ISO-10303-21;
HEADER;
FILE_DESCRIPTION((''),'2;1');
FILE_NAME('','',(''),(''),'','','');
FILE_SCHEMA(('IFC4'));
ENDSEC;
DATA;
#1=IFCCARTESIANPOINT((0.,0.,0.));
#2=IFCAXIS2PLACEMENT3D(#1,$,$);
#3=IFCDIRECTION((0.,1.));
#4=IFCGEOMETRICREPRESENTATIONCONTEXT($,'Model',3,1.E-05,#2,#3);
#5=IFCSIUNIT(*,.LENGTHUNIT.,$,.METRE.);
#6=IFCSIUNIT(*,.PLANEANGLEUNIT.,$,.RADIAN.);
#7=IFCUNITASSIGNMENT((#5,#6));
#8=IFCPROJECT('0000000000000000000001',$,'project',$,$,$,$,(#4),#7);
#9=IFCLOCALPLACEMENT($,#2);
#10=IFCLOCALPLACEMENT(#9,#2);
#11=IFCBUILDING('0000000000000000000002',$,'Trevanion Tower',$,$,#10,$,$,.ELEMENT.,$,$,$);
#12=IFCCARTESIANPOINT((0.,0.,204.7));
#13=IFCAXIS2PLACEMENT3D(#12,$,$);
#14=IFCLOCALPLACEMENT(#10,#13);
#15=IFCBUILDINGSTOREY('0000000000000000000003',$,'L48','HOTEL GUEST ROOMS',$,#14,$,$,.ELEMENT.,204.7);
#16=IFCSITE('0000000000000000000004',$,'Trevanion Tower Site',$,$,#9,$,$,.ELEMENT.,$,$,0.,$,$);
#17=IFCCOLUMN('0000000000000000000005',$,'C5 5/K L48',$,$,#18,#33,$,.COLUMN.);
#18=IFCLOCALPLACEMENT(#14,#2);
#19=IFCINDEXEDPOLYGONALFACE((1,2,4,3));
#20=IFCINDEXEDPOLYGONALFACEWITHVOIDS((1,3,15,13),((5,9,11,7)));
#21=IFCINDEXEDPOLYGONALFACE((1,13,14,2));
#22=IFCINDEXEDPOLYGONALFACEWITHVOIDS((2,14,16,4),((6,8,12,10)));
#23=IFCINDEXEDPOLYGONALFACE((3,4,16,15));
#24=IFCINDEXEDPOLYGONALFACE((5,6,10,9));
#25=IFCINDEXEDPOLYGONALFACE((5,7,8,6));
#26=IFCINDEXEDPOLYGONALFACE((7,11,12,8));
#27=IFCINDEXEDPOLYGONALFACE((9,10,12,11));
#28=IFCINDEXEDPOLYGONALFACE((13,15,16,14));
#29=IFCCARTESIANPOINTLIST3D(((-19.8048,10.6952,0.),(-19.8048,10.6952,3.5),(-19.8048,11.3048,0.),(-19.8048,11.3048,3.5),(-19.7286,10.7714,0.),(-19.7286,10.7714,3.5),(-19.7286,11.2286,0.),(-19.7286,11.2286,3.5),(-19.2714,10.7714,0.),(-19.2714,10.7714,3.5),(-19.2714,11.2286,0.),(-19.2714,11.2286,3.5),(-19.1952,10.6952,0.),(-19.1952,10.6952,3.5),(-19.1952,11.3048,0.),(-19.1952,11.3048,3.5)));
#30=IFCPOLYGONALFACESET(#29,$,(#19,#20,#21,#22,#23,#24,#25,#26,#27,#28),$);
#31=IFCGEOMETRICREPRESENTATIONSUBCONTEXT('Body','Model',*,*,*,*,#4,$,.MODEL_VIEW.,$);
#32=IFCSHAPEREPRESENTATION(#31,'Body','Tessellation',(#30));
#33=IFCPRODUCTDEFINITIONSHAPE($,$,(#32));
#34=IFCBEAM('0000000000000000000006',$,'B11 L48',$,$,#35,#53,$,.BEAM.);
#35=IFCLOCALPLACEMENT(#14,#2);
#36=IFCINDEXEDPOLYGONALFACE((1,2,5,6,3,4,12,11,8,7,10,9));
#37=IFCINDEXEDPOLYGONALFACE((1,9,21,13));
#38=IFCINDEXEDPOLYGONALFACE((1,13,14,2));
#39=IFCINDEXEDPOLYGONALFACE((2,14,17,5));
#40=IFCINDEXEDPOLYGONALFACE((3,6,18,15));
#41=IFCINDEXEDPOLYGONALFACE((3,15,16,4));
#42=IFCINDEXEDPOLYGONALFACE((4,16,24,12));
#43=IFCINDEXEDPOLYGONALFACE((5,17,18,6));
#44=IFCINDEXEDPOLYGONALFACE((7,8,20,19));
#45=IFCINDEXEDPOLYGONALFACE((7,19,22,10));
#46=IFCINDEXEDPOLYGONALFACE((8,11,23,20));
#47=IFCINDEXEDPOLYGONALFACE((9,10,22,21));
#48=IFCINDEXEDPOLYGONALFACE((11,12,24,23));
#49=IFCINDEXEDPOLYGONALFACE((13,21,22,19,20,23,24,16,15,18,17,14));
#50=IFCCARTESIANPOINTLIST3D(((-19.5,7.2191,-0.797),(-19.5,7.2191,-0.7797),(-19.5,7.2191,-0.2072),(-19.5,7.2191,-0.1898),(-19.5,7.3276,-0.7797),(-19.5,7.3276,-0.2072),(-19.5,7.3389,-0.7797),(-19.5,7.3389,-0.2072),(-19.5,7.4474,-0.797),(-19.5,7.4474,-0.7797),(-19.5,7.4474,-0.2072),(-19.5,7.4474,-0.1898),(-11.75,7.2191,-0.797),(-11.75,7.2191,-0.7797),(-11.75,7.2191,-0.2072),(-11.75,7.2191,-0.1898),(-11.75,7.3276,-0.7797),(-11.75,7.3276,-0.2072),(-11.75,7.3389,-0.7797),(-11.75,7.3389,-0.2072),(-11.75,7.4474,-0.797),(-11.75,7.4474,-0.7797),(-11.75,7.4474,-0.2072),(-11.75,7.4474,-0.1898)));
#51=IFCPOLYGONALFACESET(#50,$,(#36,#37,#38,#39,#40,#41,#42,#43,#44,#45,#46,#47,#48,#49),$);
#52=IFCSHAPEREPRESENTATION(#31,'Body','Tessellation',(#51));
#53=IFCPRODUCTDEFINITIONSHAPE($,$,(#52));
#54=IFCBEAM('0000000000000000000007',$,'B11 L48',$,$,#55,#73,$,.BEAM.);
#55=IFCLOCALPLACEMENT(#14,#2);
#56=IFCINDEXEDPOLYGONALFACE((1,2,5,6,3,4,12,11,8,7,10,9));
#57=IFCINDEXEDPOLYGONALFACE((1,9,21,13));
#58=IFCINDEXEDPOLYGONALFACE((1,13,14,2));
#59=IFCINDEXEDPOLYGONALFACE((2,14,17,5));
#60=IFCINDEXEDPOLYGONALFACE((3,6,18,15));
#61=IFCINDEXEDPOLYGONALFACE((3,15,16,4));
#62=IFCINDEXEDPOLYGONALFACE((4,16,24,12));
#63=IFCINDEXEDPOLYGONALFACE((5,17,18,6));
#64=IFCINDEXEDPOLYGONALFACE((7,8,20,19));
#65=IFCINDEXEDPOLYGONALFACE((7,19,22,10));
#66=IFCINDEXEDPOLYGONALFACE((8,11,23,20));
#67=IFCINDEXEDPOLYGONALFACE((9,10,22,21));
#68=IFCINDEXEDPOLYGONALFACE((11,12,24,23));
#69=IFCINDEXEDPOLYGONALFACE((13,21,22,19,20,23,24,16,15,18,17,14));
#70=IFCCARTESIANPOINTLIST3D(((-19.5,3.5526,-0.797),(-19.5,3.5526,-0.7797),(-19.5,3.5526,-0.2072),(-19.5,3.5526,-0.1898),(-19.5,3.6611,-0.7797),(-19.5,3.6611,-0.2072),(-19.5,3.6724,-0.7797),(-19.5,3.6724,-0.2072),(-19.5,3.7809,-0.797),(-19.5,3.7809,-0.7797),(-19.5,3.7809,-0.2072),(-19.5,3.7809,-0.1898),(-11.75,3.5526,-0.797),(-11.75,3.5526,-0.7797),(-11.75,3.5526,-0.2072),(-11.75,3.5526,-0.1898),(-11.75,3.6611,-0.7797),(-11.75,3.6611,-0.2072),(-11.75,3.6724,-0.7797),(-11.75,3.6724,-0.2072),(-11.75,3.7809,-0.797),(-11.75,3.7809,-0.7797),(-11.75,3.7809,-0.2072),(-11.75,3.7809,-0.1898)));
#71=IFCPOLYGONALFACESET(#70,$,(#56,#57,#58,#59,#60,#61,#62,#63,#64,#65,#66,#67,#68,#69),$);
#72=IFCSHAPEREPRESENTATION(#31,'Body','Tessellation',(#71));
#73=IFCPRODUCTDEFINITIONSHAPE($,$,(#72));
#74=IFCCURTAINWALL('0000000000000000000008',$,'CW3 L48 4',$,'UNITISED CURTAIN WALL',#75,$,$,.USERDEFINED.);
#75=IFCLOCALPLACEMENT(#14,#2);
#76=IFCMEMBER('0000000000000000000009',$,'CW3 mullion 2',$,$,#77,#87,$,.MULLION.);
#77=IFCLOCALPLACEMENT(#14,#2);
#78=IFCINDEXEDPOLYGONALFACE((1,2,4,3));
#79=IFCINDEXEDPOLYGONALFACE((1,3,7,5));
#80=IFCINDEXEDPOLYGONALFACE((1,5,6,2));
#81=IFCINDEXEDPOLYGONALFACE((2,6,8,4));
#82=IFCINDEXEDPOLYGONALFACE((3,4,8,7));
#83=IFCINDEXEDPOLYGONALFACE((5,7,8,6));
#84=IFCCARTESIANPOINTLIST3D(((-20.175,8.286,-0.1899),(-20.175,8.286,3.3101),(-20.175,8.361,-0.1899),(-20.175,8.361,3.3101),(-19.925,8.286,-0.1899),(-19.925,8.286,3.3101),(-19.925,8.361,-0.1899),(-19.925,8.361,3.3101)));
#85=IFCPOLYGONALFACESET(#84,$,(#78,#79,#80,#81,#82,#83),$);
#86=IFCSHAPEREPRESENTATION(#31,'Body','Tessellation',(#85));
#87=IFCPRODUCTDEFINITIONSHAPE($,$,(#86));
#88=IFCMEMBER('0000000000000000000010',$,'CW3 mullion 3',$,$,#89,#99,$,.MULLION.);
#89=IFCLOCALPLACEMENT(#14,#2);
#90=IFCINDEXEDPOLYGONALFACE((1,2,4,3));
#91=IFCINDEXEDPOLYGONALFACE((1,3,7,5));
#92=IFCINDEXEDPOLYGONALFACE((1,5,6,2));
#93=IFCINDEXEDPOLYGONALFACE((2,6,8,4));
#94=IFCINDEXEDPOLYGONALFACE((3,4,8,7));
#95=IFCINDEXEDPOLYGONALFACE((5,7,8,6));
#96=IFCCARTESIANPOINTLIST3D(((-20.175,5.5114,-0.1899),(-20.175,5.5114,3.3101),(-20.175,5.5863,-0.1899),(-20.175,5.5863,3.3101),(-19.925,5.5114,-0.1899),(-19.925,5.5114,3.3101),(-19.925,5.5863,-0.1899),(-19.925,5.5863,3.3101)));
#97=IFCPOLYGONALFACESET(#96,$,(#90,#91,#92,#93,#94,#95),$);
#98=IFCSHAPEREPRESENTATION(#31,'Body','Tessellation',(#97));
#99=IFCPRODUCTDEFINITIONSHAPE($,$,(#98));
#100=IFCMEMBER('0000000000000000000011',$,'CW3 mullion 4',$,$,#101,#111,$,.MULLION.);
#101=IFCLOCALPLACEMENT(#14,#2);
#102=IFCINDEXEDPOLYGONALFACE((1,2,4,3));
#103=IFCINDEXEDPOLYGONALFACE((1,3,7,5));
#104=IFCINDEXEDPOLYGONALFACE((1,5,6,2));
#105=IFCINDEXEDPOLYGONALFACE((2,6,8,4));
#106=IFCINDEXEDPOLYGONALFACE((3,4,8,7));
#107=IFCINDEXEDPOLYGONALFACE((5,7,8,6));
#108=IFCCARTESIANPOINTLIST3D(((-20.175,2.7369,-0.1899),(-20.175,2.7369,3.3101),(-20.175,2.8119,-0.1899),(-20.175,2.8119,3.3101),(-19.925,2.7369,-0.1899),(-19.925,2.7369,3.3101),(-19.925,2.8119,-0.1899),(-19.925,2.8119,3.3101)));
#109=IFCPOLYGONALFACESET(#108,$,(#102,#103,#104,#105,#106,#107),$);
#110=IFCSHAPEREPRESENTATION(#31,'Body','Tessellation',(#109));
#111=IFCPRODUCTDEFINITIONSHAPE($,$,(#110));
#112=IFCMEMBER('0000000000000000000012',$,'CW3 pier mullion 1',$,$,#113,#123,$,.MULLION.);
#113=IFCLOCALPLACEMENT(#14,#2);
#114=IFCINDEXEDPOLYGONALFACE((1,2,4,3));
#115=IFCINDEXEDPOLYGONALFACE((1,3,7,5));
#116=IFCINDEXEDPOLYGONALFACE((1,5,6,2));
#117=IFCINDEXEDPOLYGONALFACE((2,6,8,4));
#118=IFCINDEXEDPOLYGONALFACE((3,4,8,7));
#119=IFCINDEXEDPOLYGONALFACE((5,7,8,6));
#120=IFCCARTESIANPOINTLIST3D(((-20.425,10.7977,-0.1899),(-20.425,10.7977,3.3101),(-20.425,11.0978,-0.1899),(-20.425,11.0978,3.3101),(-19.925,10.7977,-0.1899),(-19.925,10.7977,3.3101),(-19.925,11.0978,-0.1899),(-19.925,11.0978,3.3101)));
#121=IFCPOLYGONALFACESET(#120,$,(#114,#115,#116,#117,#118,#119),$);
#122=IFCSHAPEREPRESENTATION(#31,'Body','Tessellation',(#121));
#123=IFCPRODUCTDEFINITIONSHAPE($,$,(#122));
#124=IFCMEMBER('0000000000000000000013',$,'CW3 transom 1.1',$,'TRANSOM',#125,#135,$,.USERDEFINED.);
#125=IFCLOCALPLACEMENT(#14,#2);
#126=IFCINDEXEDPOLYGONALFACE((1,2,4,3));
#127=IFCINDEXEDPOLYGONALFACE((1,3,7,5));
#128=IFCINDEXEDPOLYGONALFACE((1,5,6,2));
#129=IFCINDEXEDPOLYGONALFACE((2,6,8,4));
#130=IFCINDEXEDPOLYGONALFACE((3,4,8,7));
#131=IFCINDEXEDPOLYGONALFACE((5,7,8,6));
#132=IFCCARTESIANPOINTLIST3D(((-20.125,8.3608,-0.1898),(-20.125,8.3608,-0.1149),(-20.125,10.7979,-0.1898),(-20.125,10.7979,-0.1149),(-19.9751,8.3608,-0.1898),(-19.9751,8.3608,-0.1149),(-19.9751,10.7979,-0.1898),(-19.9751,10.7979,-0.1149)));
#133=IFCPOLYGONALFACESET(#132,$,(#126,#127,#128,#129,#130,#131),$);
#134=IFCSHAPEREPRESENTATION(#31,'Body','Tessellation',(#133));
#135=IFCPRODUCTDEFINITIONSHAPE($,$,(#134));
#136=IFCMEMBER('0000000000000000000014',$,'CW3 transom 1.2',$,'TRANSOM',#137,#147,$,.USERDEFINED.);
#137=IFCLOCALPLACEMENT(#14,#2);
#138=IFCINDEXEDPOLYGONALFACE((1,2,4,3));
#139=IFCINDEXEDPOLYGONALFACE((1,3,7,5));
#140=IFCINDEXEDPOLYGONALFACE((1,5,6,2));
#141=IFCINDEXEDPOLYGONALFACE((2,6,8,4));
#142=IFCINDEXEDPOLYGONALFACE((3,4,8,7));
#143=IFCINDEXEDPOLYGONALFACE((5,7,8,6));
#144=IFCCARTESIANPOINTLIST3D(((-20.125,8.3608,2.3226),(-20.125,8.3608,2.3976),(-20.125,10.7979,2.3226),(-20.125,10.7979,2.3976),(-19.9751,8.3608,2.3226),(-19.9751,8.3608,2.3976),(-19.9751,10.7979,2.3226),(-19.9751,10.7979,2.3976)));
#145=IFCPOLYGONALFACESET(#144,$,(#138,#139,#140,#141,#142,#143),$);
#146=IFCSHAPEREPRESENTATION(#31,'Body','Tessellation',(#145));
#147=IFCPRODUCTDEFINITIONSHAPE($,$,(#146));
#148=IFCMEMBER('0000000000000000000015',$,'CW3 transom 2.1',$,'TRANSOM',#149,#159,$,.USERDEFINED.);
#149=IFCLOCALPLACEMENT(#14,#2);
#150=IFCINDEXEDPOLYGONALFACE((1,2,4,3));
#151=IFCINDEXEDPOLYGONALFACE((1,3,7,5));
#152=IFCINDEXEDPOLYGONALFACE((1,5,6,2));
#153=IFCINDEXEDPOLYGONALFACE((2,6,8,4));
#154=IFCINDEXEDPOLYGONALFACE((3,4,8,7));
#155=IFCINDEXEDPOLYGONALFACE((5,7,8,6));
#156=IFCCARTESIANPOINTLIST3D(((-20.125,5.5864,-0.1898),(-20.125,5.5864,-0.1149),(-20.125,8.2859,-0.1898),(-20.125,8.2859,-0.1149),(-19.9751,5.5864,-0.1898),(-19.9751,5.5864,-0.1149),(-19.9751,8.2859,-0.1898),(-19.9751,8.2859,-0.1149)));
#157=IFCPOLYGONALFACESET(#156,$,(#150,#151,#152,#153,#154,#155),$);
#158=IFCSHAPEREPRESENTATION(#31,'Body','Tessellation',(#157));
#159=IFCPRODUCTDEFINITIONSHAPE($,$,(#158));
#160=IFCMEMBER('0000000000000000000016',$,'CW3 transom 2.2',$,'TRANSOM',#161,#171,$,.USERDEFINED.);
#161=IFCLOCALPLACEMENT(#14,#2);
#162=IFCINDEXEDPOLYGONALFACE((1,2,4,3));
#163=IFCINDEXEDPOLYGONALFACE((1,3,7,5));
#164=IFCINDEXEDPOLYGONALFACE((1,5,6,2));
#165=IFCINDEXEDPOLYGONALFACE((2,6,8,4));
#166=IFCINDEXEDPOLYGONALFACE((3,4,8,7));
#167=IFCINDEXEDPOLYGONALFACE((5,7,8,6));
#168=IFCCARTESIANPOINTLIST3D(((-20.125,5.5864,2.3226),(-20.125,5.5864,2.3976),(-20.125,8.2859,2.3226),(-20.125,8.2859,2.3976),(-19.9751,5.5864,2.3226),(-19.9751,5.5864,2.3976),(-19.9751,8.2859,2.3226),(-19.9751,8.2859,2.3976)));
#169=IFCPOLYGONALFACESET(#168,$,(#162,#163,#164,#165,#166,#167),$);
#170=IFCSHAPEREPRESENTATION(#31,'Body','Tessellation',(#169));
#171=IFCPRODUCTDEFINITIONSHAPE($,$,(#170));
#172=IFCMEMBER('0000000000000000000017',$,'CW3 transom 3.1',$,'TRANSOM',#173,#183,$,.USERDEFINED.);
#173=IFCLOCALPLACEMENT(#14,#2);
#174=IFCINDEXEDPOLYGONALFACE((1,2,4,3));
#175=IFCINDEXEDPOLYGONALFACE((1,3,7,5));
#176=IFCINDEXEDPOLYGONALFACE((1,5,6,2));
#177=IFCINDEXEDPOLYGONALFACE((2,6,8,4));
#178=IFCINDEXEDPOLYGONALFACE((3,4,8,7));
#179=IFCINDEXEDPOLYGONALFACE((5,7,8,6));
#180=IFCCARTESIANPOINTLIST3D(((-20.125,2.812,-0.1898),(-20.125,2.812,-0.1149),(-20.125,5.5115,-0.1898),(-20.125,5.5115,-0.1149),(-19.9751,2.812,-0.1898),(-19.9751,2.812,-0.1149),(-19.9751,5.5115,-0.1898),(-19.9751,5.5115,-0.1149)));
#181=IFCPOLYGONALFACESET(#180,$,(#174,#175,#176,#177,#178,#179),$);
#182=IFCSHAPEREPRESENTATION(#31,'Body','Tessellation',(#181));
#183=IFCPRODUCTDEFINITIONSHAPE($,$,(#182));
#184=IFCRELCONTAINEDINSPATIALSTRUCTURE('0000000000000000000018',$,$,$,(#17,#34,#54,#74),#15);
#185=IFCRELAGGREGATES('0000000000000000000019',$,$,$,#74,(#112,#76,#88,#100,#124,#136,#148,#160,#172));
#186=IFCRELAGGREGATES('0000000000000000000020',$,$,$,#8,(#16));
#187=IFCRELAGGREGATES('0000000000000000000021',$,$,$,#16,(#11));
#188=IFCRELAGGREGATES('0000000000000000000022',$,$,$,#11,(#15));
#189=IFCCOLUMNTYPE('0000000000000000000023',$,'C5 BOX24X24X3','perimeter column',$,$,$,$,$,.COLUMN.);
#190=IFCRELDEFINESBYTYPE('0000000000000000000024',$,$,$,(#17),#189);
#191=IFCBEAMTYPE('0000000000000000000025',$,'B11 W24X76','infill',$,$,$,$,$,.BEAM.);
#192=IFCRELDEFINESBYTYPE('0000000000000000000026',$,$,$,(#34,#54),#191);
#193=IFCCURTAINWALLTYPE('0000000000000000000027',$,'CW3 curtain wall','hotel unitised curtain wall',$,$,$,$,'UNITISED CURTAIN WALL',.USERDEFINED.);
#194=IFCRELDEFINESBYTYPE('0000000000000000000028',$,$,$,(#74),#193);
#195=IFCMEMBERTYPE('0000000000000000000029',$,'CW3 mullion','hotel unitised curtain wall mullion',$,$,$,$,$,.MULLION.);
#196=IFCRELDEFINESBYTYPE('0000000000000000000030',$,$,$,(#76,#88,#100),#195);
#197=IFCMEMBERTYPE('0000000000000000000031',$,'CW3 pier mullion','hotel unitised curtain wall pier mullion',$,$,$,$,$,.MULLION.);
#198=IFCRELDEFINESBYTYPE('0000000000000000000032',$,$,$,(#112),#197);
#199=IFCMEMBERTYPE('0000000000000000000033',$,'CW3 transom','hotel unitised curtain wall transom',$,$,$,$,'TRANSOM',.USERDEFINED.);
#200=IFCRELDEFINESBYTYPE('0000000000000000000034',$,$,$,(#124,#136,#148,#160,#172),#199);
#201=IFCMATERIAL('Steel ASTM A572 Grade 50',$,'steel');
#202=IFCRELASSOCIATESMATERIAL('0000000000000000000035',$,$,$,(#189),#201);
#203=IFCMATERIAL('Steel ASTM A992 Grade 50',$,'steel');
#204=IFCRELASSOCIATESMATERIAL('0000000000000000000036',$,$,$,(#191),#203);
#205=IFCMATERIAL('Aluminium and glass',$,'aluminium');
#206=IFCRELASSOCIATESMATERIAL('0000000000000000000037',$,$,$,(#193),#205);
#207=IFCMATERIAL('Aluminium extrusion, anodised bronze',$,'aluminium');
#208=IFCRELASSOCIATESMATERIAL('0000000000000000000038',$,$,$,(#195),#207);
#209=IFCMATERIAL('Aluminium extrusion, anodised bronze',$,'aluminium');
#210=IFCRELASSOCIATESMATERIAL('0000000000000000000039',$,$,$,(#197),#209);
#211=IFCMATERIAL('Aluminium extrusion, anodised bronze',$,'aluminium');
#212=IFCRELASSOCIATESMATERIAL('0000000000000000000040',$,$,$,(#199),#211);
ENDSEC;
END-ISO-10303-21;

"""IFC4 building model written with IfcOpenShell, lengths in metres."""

from ifc_helpers import new_model, si_unit, direction, frame, origin, origin_2d, place, context, subcontext, project, spatial, rectangle, hollow_rectangle, i_section, extrude, material, material_profile, profile_set, type_object, element, aggregate, save


model = new_model("IFC4")

# Units and contexts
model_context = context("Model", 3, precision=1e-05, world=origin(), true_north=direction((0.0, 1.0)))
body_context = subcontext(model_context, "Body", "Model", "MODEL_VIEW")
ifc_project = project(units=[si_unit("LENGTHUNIT", "METRE"), si_unit("PLANEANGLEUNIT", "RADIAN")], contexts=[model_context])

# Site, building, storey
site_placement = place(None, origin())
site = spatial("IfcSite", under=ifc_project, at=site_placement, Name="Trevanion Tower Site", CompositionType="ELEMENT", RefElevation=0.0)
building_placement = place(site_placement, origin())
building = spatial("IfcBuilding", under=site, at=building_placement, Name="Trevanion Tower", CompositionType="ELEMENT")
storey_placement = place(building_placement, frame((0.0, 0.0, 204.7)))
storey = spatial("IfcBuildingStorey", under=building, at=storey_placement, Name="L48", Description="HOTEL GUEST ROOMS", CompositionType="ELEMENT", Elevation=204.7)

# Column
ifc_material_1 = material(Name="Steel ASTM A572 Grade 50", Category="steel")
ifc_material_profile_1 = material_profile(ifc_material_1, hollow_rectangle(XDim=0.6096, YDim=0.6096, WallThickness=0.0762, at=origin_2d()), Name="BOX24X24X3")
ifc_profile_set_1 = profile_set([ifc_material_profile_1], Name="Steel ASTM A572 Grade 50")
column_type = type_object("IfcColumnType", Name="C5 BOX24X24X3", Description="perimeter column", PredefinedType="COLUMN", material=ifc_profile_set_1)
column_placement = place(storey_placement, frame((-19.5, 11.0, 0.0), z_axis=(0.0, 0.0, 1.0), x_axis=(0.0, 1.0, 0.0)))
element("IfcColumn", 1, at=column_placement, inside=storey, type_object=column_type, Name="C5 5/K L48", PredefinedType="COLUMN", context=body_context, shape_type="SweptSolid", body=[
    extrude(hollow_rectangle(XDim=0.6096, YDim=0.6096, WallThickness=0.0762, at=origin_2d()), origin(), (0.0, 0.0, 1.0), 3.5),
])

# Beams
ifc_material_2 = material(Name="Steel ASTM A992 Grade 50", Category="steel")
ifc_material_profile_2 = material_profile(ifc_material_2, i_section(OverallWidth=0.2283, OverallDepth=0.6072, WebThickness=0.0112, FlangeThickness=0.0173, at=origin_2d()), Name="W24X76")
ifc_profile_set_2 = profile_set([ifc_material_profile_2], Name="Steel ASTM A992 Grade 50")
beam_type_1 = type_object("IfcBeamType", Name="B11 W24X76", Description="infill", PredefinedType="BEAM", material=ifc_profile_set_2)
for number, where, z_axis, x_axis, name in (
    (2, (-11.75, 7.3333, -0.4934), (-1.0, 0.0, 0.0), (0.0, -1.0, 0.0), "B11 L48"),
    (3, (-11.75, 3.6667, -0.4934), (-1.0, 0.0, 0.0), (0.0, -1.0, 0.0), "B11 L48"),
):
    element("IfcBeam", number, at=place(storey_placement, frame(where, z_axis=z_axis, x_axis=x_axis)), inside=storey, type_object=beam_type_1, Name=name, PredefinedType="BEAM", context=body_context, shape_type="SweptSolid", body=[
        extrude(i_section(OverallWidth=0.2283, OverallDepth=0.6072, WebThickness=0.0112, FlangeThickness=0.0173, at=origin_2d()), origin(), (0.0, 0.0, 1.0), 7.75),
    ])

# Curtain wall, members
ifc_material_3 = material(Name="Aluminium and glass", Category="aluminium")
curtain_wall_type = type_object("IfcCurtainWallType", Name="CW3 curtain wall", Description="hotel unitised curtain wall", ElementType="UNITISED CURTAIN WALL", PredefinedType="USERDEFINED", material=ifc_material_3)
curtain_wall_placement = place(storey_placement, origin())
curtain_wall = element("IfcCurtainWall", 4, at=curtain_wall_placement, inside=storey, type_object=curtain_wall_type, Name="CW3 L48 4", ObjectType="UNITISED CURTAIN WALL", PredefinedType="USERDEFINED")
ifc_material_4 = material(Name="Aluminium extrusion, anodised bronze", Category="aluminium")
ifc_material_profile_3 = material_profile(ifc_material_4, rectangle(XDim=0.075, YDim=0.25, at=origin_2d()), Name="CW3 mullion")
ifc_profile_set_3 = profile_set([ifc_material_profile_3], Name="Aluminium extrusion, anodised bronze")
member_type_1 = type_object("IfcMemberType", Name="CW3 mullion", Description="hotel unitised curtain wall mullion", PredefinedType="MULLION", material=ifc_profile_set_3)
member_1_placement = place(storey_placement, frame((-20.05, 8.3235, -0.1899), z_axis=(0.0, 0.0, 1.0), x_axis=(0.0, -1.0, 0.0)))
member_1 = element("IfcMember", 5, at=member_1_placement, type_object=member_type_1, Name="CW3 mullion 2", PredefinedType="MULLION", context=body_context, shape_type="SweptSolid", body=[
    extrude(rectangle(XDim=0.075, YDim=0.25, at=origin_2d()), origin(), (0.0, 0.0, 1.0), 3.5),
])
member_2_placement = place(storey_placement, frame((-20.05, 5.5488, -0.1899), z_axis=(0.0, 0.0, 1.0), x_axis=(0.0, -1.0, 0.0)))
member_2 = element("IfcMember", 6, at=member_2_placement, type_object=member_type_1, Name="CW3 mullion 3", PredefinedType="MULLION", context=body_context, shape_type="SweptSolid", body=[
    extrude(rectangle(XDim=0.075, YDim=0.25, at=origin_2d()), origin(), (0.0, 0.0, 1.0), 3.5),
])
member_3_placement = place(storey_placement, frame((-20.05, 2.7744, -0.1899), z_axis=(0.0, 0.0, 1.0), x_axis=(0.0, -1.0, 0.0)))
member_3 = element("IfcMember", 7, at=member_3_placement, type_object=member_type_1, Name="CW3 mullion 4", PredefinedType="MULLION", context=body_context, shape_type="SweptSolid", body=[
    extrude(rectangle(XDim=0.075, YDim=0.25, at=origin_2d()), origin(), (0.0, 0.0, 1.0), 3.5),
])
ifc_material_5 = material(Name="Aluminium extrusion, anodised bronze", Category="aluminium")
ifc_material_profile_4 = material_profile(ifc_material_5, rectangle(XDim=0.3, YDim=0.5, at=origin_2d()), Name="CW3 pier mullion")
ifc_profile_set_4 = profile_set([ifc_material_profile_4], Name="Aluminium extrusion, anodised bronze")
member_type_2 = type_object("IfcMemberType", Name="CW3 pier mullion", Description="hotel unitised curtain wall pier mullion", PredefinedType="MULLION", material=ifc_profile_set_4)
member_4_placement = place(storey_placement, frame((-20.175, 10.9478, -0.1899), z_axis=(0.0, 0.0, 1.0), x_axis=(0.0, -1.0, 0.0)))
member_4 = element("IfcMember", 8, at=member_4_placement, type_object=member_type_2, Name="CW3 pier mullion 1", PredefinedType="MULLION", context=body_context, shape_type="SweptSolid", body=[
    extrude(rectangle(XDim=0.3, YDim=0.5, at=origin_2d()), origin(), (0.0, 0.0, 1.0), 3.5),
])
ifc_material_6 = material(Name="Aluminium extrusion, anodised bronze", Category="aluminium")
ifc_material_profile_5 = material_profile(ifc_material_6, rectangle(XDim=0.1499, YDim=0.075, at=origin_2d()), Name="CW3 transom")
ifc_profile_set_5 = profile_set([ifc_material_profile_5], Name="Aluminium extrusion, anodised bronze")
member_type_3 = type_object("IfcMemberType", Name="CW3 transom", Description="hotel unitised curtain wall transom", ElementType="TRANSOM", PredefinedType="USERDEFINED", material=ifc_profile_set_5)
member_5_placement = place(storey_placement, frame((-20.05, 10.7979, -0.1523), z_axis=(0.0, -1.0, 0.0), x_axis=(1.0, 0.0, 0.0)))
member_5 = element("IfcMember", 9, at=member_5_placement, type_object=member_type_3, Name="CW3 transom 1.1", ObjectType="TRANSOM", PredefinedType="USERDEFINED", context=body_context, shape_type="SweptSolid", body=[
    extrude(rectangle(XDim=0.1499, YDim=0.075, at=origin_2d()), origin(), (0.0, 0.0, 1.0), 2.437),
])
member_6_placement = place(storey_placement, frame((-20.05, 10.7979, 2.3601), z_axis=(0.0, -1.0, 0.0), x_axis=(1.0, 0.0, 0.0)))
member_6 = element("IfcMember", 10, at=member_6_placement, type_object=member_type_3, Name="CW3 transom 1.2", ObjectType="TRANSOM", PredefinedType="USERDEFINED", context=body_context, shape_type="SweptSolid", body=[
    extrude(rectangle(XDim=0.1499, YDim=0.075, at=origin_2d()), origin(), (0.0, 0.0, 1.0), 2.437),
])
member_7_placement = place(storey_placement, frame((-20.05, 8.2859, -0.1523), z_axis=(0.0, -1.0, 0.0), x_axis=(1.0, 0.0, 0.0)))
member_7 = element("IfcMember", 11, at=member_7_placement, type_object=member_type_3, Name="CW3 transom 2.1", ObjectType="TRANSOM", PredefinedType="USERDEFINED", context=body_context, shape_type="SweptSolid", body=[
    extrude(rectangle(XDim=0.1499, YDim=0.075, at=origin_2d()), origin(), (0.0, 0.0, 1.0), 2.6995),
])
member_8_placement = place(storey_placement, frame((-20.05, 8.2859, 2.3601), z_axis=(0.0, -1.0, 0.0), x_axis=(1.0, 0.0, 0.0)))
member_8 = element("IfcMember", 12, at=member_8_placement, type_object=member_type_3, Name="CW3 transom 2.2", ObjectType="TRANSOM", PredefinedType="USERDEFINED", context=body_context, shape_type="SweptSolid", body=[
    extrude(rectangle(XDim=0.1499, YDim=0.075, at=origin_2d()), origin(), (0.0, 0.0, 1.0), 2.6995),
])
member_9_placement = place(storey_placement, frame((-20.05, 5.5115, -0.1523), z_axis=(0.0, -1.0, 0.0), x_axis=(1.0, 0.0, 0.0)))
member_9 = element("IfcMember", 13, at=member_9_placement, type_object=member_type_3, Name="CW3 transom 3.1", ObjectType="TRANSOM", PredefinedType="USERDEFINED", context=body_context, shape_type="SweptSolid", body=[
    extrude(rectangle(XDim=0.1499, YDim=0.075, at=origin_2d()), origin(), (0.0, 0.0, 1.0), 2.6995),
])

aggregate(curtain_wall, [member_4, member_1, member_2, member_3, member_5, member_6, member_7, member_8, member_9])

save(model, "model.ifc")
